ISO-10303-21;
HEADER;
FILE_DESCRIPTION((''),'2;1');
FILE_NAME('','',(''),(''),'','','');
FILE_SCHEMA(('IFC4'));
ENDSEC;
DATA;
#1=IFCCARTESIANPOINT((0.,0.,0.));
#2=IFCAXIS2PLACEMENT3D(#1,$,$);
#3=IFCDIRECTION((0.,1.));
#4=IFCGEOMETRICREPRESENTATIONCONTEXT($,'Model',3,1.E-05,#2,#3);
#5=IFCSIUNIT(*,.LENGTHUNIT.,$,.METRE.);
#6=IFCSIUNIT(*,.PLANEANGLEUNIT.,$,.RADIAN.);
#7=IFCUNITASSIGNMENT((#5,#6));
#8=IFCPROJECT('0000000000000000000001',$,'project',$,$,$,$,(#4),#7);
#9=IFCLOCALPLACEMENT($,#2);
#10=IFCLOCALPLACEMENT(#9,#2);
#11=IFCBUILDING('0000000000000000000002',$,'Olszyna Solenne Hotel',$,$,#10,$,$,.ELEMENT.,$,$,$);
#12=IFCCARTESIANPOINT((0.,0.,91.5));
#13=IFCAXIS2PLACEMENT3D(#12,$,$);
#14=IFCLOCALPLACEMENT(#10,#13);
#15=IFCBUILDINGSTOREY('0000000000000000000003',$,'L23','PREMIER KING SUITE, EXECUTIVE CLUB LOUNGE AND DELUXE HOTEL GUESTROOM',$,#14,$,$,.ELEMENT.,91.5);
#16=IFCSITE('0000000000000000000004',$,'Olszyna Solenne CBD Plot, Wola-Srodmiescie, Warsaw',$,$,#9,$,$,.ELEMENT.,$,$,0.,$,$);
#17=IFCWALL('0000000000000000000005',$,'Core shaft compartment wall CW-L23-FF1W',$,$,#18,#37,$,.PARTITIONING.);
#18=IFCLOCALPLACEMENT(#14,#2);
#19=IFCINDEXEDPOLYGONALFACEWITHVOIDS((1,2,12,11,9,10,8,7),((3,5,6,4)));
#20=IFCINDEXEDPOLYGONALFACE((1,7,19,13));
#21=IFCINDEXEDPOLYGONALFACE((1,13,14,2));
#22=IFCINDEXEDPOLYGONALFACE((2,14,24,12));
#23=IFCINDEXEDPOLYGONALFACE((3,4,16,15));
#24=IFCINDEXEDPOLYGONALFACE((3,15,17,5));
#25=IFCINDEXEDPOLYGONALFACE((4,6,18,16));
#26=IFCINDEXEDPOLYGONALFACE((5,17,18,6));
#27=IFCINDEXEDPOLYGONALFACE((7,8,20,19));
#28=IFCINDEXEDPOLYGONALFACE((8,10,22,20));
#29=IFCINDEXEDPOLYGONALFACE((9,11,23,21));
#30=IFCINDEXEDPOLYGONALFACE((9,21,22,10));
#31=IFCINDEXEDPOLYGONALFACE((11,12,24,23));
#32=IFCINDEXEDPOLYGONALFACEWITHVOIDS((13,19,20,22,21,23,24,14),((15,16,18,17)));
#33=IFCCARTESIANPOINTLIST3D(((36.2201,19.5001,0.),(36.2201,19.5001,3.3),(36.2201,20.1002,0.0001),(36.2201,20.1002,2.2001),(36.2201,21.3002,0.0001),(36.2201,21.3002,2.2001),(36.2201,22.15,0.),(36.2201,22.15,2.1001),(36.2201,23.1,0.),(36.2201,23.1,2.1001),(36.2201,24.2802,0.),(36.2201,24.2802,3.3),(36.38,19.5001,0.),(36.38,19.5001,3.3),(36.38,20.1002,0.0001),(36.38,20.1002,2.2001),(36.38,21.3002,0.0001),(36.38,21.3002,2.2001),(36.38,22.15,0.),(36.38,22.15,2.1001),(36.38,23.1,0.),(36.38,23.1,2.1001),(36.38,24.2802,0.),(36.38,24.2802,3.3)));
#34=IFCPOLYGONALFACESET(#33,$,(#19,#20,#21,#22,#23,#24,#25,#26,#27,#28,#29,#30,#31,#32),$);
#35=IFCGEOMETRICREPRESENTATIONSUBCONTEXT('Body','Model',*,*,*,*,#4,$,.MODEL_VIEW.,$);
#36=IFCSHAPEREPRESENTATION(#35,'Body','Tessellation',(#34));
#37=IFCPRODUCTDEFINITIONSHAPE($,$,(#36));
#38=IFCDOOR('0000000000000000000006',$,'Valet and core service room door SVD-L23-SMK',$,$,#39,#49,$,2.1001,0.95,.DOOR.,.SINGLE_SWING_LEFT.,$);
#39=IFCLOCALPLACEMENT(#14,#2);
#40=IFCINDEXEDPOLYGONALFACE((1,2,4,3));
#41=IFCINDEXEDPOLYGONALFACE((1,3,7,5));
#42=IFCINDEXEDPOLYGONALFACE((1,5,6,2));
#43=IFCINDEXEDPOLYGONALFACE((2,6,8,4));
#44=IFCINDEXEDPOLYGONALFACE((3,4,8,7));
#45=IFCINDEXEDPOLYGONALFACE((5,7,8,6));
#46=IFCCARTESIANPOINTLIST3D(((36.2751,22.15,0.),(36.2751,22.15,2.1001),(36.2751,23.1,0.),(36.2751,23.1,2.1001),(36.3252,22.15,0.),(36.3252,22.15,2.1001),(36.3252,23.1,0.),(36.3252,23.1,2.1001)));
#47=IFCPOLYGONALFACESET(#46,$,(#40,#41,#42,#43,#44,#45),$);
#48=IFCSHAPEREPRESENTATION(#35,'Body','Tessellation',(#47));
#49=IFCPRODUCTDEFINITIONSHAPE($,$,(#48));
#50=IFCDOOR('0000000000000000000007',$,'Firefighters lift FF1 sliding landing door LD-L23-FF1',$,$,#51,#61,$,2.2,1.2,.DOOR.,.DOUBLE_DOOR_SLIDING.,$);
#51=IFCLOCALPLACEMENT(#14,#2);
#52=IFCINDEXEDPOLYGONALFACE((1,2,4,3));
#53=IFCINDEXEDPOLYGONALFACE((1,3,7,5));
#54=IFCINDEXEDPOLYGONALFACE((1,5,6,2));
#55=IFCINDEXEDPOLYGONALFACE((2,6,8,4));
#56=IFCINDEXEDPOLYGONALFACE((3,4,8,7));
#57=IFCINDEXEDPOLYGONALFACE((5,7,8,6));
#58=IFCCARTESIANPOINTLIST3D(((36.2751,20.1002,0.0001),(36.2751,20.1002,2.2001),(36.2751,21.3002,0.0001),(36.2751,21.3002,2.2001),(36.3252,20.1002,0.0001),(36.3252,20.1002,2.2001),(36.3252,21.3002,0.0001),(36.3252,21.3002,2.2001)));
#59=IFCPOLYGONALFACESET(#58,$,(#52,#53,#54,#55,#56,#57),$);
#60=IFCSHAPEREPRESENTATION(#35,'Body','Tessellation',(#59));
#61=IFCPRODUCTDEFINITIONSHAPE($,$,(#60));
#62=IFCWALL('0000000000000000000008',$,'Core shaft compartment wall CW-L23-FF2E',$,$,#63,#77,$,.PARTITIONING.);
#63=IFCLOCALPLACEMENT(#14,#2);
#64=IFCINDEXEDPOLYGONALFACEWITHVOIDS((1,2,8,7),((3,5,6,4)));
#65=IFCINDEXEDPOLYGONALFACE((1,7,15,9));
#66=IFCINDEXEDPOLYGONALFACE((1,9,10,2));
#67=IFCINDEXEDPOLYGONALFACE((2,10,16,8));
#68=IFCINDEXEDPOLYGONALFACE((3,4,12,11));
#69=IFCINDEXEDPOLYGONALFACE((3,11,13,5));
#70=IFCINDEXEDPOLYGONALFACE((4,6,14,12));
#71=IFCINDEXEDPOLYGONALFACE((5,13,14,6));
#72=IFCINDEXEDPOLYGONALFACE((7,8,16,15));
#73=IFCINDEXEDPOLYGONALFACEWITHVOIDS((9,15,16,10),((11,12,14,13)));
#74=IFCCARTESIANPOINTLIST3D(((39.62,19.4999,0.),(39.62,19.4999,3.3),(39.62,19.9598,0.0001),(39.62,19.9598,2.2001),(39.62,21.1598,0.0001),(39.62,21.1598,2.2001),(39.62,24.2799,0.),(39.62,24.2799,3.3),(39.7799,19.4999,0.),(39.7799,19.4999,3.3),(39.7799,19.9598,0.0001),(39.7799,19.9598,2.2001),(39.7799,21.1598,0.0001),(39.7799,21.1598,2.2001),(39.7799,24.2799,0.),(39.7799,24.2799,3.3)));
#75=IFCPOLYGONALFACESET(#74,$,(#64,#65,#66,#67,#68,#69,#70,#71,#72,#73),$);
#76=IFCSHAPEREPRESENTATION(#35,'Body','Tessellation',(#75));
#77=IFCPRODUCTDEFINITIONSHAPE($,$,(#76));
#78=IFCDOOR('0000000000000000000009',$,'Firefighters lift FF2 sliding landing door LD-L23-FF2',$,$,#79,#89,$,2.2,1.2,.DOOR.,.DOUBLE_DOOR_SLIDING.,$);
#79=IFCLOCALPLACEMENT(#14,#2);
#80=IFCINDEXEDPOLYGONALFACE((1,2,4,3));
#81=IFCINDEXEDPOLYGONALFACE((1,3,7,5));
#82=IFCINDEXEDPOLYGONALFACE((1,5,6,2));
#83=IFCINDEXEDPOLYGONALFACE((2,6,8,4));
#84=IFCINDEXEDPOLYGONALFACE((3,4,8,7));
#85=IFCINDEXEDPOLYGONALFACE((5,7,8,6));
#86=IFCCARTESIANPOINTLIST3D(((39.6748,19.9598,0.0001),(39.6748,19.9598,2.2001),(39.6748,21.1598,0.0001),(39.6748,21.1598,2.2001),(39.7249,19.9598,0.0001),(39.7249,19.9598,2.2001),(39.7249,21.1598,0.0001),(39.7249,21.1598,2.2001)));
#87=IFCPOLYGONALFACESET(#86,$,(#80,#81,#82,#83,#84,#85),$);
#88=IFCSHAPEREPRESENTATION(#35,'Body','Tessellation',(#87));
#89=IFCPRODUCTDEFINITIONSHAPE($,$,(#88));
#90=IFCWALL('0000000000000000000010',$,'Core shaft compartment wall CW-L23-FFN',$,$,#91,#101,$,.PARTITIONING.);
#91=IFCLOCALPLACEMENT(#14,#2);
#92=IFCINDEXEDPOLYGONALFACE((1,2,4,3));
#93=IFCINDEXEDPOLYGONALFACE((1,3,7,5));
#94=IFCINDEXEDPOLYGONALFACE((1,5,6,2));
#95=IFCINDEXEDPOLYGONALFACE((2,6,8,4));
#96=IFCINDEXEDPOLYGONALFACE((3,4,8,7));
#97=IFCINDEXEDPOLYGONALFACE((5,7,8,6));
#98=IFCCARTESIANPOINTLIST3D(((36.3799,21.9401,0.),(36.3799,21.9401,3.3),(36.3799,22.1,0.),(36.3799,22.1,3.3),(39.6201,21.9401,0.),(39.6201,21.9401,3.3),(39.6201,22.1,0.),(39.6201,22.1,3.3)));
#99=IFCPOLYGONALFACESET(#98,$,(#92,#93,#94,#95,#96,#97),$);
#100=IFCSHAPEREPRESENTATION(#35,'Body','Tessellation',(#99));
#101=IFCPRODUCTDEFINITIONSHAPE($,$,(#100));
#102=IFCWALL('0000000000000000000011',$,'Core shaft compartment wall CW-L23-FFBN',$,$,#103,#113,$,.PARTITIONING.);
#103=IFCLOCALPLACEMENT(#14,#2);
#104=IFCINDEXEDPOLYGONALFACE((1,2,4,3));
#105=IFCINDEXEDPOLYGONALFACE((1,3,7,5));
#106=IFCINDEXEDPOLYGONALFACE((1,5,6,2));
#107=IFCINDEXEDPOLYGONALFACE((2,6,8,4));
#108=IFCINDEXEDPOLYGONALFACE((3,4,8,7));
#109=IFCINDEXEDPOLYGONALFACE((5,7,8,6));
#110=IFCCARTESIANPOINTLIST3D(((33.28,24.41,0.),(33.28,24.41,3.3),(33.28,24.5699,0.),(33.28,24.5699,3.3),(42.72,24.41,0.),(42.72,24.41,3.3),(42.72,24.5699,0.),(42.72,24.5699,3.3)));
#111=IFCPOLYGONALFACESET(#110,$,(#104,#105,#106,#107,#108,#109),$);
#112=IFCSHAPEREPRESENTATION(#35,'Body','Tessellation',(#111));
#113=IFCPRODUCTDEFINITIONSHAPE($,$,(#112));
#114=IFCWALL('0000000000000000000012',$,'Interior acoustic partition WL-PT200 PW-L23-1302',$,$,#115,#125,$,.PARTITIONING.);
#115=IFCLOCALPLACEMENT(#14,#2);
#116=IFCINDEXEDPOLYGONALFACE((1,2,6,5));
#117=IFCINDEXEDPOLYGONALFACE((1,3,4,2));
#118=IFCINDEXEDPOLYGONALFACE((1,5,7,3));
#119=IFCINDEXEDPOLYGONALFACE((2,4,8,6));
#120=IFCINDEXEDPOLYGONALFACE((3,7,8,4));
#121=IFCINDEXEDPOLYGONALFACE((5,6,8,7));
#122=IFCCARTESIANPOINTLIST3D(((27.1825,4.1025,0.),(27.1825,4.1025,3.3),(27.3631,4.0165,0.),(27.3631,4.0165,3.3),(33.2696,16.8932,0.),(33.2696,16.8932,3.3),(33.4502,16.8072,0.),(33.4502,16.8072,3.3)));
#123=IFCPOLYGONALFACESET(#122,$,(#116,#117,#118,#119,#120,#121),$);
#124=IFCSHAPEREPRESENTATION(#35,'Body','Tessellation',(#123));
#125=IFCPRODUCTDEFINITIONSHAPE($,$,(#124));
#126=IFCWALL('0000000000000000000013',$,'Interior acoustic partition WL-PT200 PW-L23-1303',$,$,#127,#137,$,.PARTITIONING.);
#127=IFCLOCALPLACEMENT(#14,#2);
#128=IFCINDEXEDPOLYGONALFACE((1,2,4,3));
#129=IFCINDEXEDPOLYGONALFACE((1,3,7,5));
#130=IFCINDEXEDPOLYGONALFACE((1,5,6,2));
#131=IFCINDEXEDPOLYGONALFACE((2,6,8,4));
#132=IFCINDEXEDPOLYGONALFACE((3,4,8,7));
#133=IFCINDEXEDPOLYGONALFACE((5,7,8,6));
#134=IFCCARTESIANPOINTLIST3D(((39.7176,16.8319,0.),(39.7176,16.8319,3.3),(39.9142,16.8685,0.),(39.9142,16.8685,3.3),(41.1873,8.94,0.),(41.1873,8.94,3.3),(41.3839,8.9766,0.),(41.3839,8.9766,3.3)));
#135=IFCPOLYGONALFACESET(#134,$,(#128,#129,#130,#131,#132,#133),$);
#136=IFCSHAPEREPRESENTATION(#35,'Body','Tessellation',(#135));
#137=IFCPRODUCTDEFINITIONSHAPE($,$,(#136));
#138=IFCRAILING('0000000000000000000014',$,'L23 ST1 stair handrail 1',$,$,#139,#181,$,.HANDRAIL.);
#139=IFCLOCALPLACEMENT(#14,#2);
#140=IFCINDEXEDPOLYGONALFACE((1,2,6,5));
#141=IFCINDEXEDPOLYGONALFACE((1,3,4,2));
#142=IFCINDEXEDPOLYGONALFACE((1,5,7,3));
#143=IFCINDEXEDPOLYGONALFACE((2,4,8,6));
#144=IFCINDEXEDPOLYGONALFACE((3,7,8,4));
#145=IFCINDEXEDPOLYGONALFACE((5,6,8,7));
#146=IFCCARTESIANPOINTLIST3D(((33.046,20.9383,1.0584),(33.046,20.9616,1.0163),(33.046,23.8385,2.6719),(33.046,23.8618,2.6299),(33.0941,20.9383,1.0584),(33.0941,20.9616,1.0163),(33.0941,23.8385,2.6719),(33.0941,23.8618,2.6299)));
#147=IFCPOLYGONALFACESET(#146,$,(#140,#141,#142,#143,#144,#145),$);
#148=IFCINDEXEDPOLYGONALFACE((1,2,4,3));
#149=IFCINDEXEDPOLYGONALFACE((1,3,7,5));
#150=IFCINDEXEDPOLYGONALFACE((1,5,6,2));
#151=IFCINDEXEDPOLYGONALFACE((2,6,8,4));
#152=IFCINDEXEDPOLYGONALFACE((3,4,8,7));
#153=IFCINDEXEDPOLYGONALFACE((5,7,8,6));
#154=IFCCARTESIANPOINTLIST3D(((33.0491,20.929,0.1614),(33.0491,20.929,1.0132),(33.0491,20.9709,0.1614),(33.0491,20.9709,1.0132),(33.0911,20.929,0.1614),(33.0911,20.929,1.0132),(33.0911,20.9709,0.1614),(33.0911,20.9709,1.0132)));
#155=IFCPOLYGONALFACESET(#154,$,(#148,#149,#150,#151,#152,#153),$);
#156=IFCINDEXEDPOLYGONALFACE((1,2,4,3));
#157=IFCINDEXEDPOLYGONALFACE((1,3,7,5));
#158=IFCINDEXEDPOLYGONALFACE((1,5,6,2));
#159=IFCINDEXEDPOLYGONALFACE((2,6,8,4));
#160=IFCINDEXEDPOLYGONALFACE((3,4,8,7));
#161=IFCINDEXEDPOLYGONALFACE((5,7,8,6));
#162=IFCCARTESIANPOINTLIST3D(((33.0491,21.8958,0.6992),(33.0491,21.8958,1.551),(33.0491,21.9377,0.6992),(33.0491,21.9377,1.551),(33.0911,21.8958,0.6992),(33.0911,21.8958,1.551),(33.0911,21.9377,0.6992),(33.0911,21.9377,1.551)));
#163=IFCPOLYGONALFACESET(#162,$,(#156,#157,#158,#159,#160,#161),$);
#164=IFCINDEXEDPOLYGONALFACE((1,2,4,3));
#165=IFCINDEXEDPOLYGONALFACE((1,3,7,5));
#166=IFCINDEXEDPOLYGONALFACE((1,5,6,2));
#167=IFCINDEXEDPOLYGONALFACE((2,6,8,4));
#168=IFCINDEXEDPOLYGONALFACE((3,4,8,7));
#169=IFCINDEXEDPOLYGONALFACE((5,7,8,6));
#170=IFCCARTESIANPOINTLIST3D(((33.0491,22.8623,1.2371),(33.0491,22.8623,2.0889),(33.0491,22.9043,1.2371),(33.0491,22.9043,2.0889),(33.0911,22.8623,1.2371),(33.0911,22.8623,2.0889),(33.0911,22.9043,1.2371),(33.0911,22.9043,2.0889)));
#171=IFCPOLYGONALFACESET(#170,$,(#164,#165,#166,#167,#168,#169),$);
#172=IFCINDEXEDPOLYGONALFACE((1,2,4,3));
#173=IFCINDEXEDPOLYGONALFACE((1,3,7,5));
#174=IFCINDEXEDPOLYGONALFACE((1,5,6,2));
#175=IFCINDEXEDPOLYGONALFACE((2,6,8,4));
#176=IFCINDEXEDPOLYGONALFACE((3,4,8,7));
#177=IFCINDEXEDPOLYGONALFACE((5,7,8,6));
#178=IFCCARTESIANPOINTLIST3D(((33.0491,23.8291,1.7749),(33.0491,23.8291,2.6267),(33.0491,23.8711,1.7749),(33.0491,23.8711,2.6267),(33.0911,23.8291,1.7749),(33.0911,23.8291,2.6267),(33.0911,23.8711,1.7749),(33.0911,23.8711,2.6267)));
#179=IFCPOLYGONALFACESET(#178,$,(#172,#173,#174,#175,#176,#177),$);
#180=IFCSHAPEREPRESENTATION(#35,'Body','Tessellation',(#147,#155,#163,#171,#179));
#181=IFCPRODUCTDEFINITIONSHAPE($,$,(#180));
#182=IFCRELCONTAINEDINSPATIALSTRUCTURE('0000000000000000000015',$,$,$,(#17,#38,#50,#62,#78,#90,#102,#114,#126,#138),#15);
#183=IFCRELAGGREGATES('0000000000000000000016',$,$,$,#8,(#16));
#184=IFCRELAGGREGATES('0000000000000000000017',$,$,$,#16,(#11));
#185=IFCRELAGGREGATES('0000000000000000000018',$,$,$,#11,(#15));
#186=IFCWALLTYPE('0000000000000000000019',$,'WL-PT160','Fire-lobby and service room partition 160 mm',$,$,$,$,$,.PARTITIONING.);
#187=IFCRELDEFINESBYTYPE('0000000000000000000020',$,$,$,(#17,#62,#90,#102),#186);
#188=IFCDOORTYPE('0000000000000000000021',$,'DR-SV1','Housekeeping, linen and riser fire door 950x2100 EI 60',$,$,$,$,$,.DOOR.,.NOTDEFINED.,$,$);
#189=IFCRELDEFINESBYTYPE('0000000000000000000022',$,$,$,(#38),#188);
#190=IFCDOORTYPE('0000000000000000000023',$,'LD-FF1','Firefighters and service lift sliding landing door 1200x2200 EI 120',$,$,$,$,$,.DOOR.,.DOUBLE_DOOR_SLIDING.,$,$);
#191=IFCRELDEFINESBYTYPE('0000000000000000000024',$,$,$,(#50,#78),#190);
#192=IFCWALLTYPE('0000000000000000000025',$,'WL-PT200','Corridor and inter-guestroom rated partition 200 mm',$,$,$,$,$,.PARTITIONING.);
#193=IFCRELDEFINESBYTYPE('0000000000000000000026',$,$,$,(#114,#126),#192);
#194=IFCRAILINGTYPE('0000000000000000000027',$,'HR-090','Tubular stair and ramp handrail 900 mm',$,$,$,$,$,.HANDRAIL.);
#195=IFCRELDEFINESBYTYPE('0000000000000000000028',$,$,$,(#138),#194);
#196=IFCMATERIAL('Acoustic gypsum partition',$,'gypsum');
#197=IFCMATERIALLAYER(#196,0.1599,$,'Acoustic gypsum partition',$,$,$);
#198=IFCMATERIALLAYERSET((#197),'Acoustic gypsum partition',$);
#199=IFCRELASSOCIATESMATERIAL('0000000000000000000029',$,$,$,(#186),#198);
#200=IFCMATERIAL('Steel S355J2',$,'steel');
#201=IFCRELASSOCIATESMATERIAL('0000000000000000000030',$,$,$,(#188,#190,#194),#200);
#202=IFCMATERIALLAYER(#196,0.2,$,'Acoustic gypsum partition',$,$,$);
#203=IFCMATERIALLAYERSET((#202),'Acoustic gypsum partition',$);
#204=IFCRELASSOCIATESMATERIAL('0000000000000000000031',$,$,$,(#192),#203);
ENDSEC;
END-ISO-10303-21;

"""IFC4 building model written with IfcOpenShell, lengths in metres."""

from ifc_helpers import new_model, si_unit, direction, frame, frame_2d, origin, origin_2d, place, context, subcontext, project, spatial, rectangle, extrude, source, transform, mapped, material, layer, layer_set, type_object, type_shapes, element, fill, save


model = new_model("IFC4")

# Units and contexts
model_context = context("Model", 3, precision=1e-05, world=origin(), true_north=direction((0.0, 1.0)))
body_context = subcontext(model_context, "Body", "Model", "MODEL_VIEW")
ifc_project = project(units=[si_unit("LENGTHUNIT", "METRE"), si_unit("PLANEANGLEUNIT", "RADIAN")], contexts=[model_context])

# Site, building, storey
site_placement = place(None, origin())
site = spatial("IfcSite", under=ifc_project, at=site_placement, Name="Olszyna Solenne CBD Plot, Wola-Srodmiescie, Warsaw", CompositionType="ELEMENT", RefElevation=0.0)
building_placement = place(site_placement, origin())
building = spatial("IfcBuilding", under=site, at=building_placement, Name="Olszyna Solenne Hotel", CompositionType="ELEMENT")
storey_placement = place(building_placement, frame((0.0, 0.0, 91.5)))
storey = spatial("IfcBuildingStorey", under=building, at=storey_placement, Name="L23", Description="PREMIER KING SUITE, EXECUTIVE CLUB LOUNGE AND DELUXE HOTEL GUESTROOM", CompositionType="ELEMENT", Elevation=91.5)

# Shared definitions
ifc_material_1 = material(Name="Steel S355J2", Category="steel")

# Shared definitions
ifc_material_2 = material(Name="Acoustic gypsum partition", Category="gypsum")

# Shared definitions
ifc_layer_1 = layer(ifc_material_2, 0.1599, Name="Acoustic gypsum partition")
ifc_layer_set_1 = layer_set([ifc_layer_1], Name="Acoustic gypsum partition")
wall_type_1 = type_object("IfcWallType", Name="WL-PT160", Description="Fire-lobby and service room partition 160 mm", PredefinedType="PARTITIONING", material=ifc_layer_set_1)

# Wall, openings, doors
wall_1_placement = place(storey_placement, frame((36.3, 19.5, 0.0), z_axis=(0.0, 0.0, 1.0), x_axis=(0.0, 1.0, 0.0)))
wall_1 = element("IfcWall", 1, at=wall_1_placement, inside=storey, type_object=wall_type_1, Name="Core shaft compartment wall CW-L23-FF1W", PredefinedType="PARTITIONING", context=body_context, shape_type="SweptSolid", body=[
    extrude(rectangle(XDim=4.78, YDim=0.1599, at=frame_2d((2.3901, 0.0))), origin(), (0.0, 0.0, 1.0), 3.3),
])
opening_1_placement = place(wall_1_placement, frame((0.6001, 0.0, 0.0)))
opening_1 = element("IfcOpeningElement", 2, at=opening_1_placement, cuts=wall_1, PredefinedType="OPENING", context=body_context, shape_type="SweptSolid", body=[
    extrude(rectangle(XDim=1.2, YDim=2.2, at=frame_2d((0.6001, 1.1001))), frame((0.0, 0.0898, 0.0), z_axis=(0.0, -1.0, 0.0), x_axis=(1.0, 0.0, 0.0)), (0.0, 0.0, 1.0), 0.1799),
])
opening_2_placement = place(wall_1_placement, frame((2.6499, 0.0, 0.0)))
opening_2 = element("IfcOpeningElement", 3, at=opening_2_placement, cuts=wall_1, PredefinedType="OPENING", context=body_context, shape_type="SweptSolid", body=[
    extrude(rectangle(XDim=0.95, YDim=2.1001, at=frame_2d((0.4751, 1.05))), frame((0.0, 0.0898, 0.0), z_axis=(0.0, -1.0, 0.0), x_axis=(1.0, 0.0, 0.0)), (0.0, 0.0, 1.0), 0.1799),
])
door_type_1 = type_object("IfcDoorType", Name="DR-SV1", Description="Housekeeping, linen and riser fire door 950x2100 EI 60", OperationType="NOTDEFINED", PredefinedType="DOOR", material=ifc_material_1)
shared_shape_1 = source(origin(), body_context, "Body", "SweptSolid", [
    extrude(rectangle(XDim=0.95, YDim=2.1001, at=frame_2d((0.4751, 1.05))), frame((0.0, 0.0249, 0.0), z_axis=(0.0, -1.0, 0.0), x_axis=(1.0, 0.0, 0.0)), (0.0, 0.0, 1.0), 0.05),
])
type_shapes(door_type_1, [shared_shape_1])
door_1_placement = place(opening_2_placement, origin())
door_1 = element("IfcDoor", 4, at=door_1_placement, inside=storey, type_object=door_type_1, Name="Valet and core service room door SVD-L23-SMK", OperationType="SINGLE_SWING_LEFT", OverallHeight=2.1001, OverallWidth=0.95, PredefinedType="DOOR", context=body_context, shape_type="MappedRepresentation", body=[
    mapped(shared_shape_1, transform((0.0, 0.0, 0.0), x_axis=(1.0, 0.0, 0.0), y_axis=(0.0, 1.0, 0.0), z_axis=(0.0, 0.0, 1.0), scale=1.0)),
])
fill(opening_2, door_1)
door_type_2 = type_object("IfcDoorType", Name="LD-FF1", Description="Firefighters and service lift sliding landing door 1200x2200 EI 120", OperationType="DOUBLE_DOOR_SLIDING", PredefinedType="DOOR", material=ifc_material_1)
shared_shape_2 = source(origin(), body_context, "Body", "SweptSolid", [
    extrude(rectangle(XDim=1.2, YDim=2.2, at=frame_2d((0.6001, 1.1001))), frame((0.0, 0.0249, 0.0), z_axis=(0.0, -1.0, 0.0), x_axis=(1.0, 0.0, 0.0)), (0.0, 0.0, 1.0), 0.05),
])
type_shapes(door_type_2, [shared_shape_2])
door_2_placement = place(opening_1_placement, origin())
door_2 = element("IfcDoor", 5, at=door_2_placement, inside=storey, type_object=door_type_2, Name="Firefighters lift FF1 sliding landing door LD-L23-FF1", OperationType="DOUBLE_DOOR_SLIDING", OverallHeight=2.2, OverallWidth=1.2, PredefinedType="DOOR", context=body_context, shape_type="MappedRepresentation", body=[
    mapped(shared_shape_2, transform((0.0, 0.0, 0.0), x_axis=(1.0, 0.0, 0.0), y_axis=(0.0, 1.0, 0.0), z_axis=(0.0, 0.0, 1.0), scale=1.0)),
])
fill(opening_1, door_2)

# Wall, opening, door
wall_2_placement = place(storey_placement, frame((39.7, 24.28, 0.0), z_axis=(0.0, 0.0, 1.0), x_axis=(0.0, -1.0, 0.0)))
wall_2 = element("IfcWall", 6, at=wall_2_placement, inside=storey, type_object=wall_type_1, Name="Core shaft compartment wall CW-L23-FF2E", PredefinedType="PARTITIONING", context=body_context, shape_type="SweptSolid", body=[
    extrude(rectangle(XDim=4.78, YDim=0.1599, at=frame_2d((2.3901, 0.0))), origin(), (0.0, 0.0, 1.0), 3.3),
])
opening_3_placement = place(wall_2_placement, frame((3.1201, 0.0, 0.0)))
opening_3 = element("IfcOpeningElement", 7, at=opening_3_placement, cuts=wall_2, PredefinedType="OPENING", context=body_context, shape_type="SweptSolid", body=[
    extrude(rectangle(XDim=1.2, YDim=2.2, at=frame_2d((0.6001, 1.1001))), frame((0.0, 0.0898, 0.0), z_axis=(0.0, -1.0, 0.0), x_axis=(1.0, 0.0, 0.0)), (0.0, 0.0, 1.0), 0.1799),
])
door_3_placement = place(opening_3_placement, origin())
door_3 = element("IfcDoor", 8, at=door_3_placement, inside=storey, type_object=door_type_2, Name="Firefighters lift FF2 sliding landing door LD-L23-FF2", OperationType="DOUBLE_DOOR_SLIDING", OverallHeight=2.2, OverallWidth=1.2, PredefinedType="DOOR", context=body_context, shape_type="MappedRepresentation", body=[
    mapped(shared_shape_2, transform((0.0, 0.0, 0.0), x_axis=(1.0, 0.0, 0.0), y_axis=(0.0, 1.0, 0.0), z_axis=(0.0, 0.0, 1.0), scale=1.0)),
])
fill(opening_3, door_3)

# Walls
wall_3_placement = place(storey_placement, frame((36.3799, 22.02, 0.0), z_axis=(0.0, 0.0, 1.0), x_axis=(1.0, 0.0, 0.0)))
element("IfcWall", 9, at=wall_3_placement, inside=storey, type_object=wall_type_1, Name="Core shaft compartment wall CW-L23-FFN", PredefinedType="PARTITIONING", context=body_context, shape_type="SweptSolid", body=[
    extrude(rectangle(XDim=3.2402, YDim=0.1599, at=frame_2d((1.6201, 0.0))), origin(), (0.0, 0.0, 1.0), 3.3),
])
wall_4_placement = place(storey_placement, frame((33.28, 24.49, 0.0), z_axis=(0.0, 0.0, 1.0), x_axis=(1.0, 0.0, 0.0)))
element("IfcWall", 10, at=wall_4_placement, inside=storey, type_object=wall_type_1, Name="Core shaft compartment wall CW-L23-FFBN", PredefinedType="PARTITIONING", context=body_context, shape_type="SweptSolid", body=[
    extrude(rectangle(XDim=9.4399, YDim=0.1599, at=frame_2d((4.72, 0.0))), origin(), (0.0, 0.0, 1.0), 3.3),
])
ifc_layer_2 = layer(ifc_material_2, 0.2, Name="Acoustic gypsum partition")
ifc_layer_set_2 = layer_set([ifc_layer_2], Name="Acoustic gypsum partition")
wall_type_2 = type_object("IfcWallType", Name="WL-PT200", Description="Corridor and inter-guestroom rated partition 200 mm", PredefinedType="PARTITIONING", material=ifc_layer_set_2)
wall_5_placement = place(storey_placement, frame((33.3599, 16.8501, 0.0), z_axis=(0.0, 0.0, 1.0), x_axis=(-0.429721, -0.902961, 0.0)))
element("IfcWall", 11, at=wall_5_placement, inside=storey, type_object=wall_type_2, Name="Interior acoustic partition WL-PT200 PW-L23-1302", PredefinedType="PARTITIONING", context=body_context, shape_type="SweptSolid", body=[
    extrude(rectangle(XDim=14.1653, YDim=0.2, at=frame_2d((7.0825, 0.0))), origin(), (0.0, 0.0, 1.0), 3.3),
])
wall_6_placement = place(storey_placement, frame((39.8159, 16.8501, 0.0), z_axis=(0.0, 0.0, 1.0), x_axis=(0.183086, -0.983097, 0.0)))
element("IfcWall", 12, at=wall_6_placement, inside=storey, type_object=wall_type_2, Name="Interior acoustic partition WL-PT200 PW-L23-1303", PredefinedType="PARTITIONING", context=body_context, shape_type="SweptSolid", body=[
    extrude(rectangle(XDim=8.0276, YDim=0.2, at=frame_2d((4.0137, 0.0))), origin(), (0.0, 0.0, 1.0), 3.3),
])

# Railing
railing_type = type_object("IfcRailingType", Name="HR-090", Description="Tubular stair and ramp handrail 900 mm", PredefinedType="HANDRAIL", material=ifc_material_1)
railing_placement = place(storey_placement, frame((33.0701, 20.95, 0.1614)))
element("IfcRailing", 13, at=railing_placement, inside=storey, type_object=railing_type, Name="L23 ST1 stair handrail 1", PredefinedType="HANDRAIL", context=body_context, shape_type="SweptSolid", body=[
    extrude(rectangle(XDim=0.0481, YDim=0.0481, at=origin_2d()), frame((0.0, 0.0, 0.876), z_axis=(0.0, 0.873859, 0.48618), x_axis=(-1.0, 0.0, 0.0)), (0.0, 0.0, 1.0), 3.3188),
    extrude(rectangle(XDim=0.042, YDim=0.042, at=origin_2d()), origin(), (0.0, 0.0, 1.0), 0.8518),
    extrude(rectangle(XDim=0.042, YDim=0.042, at=origin_2d()), frame((0.0, 0.9668, 0.5378)), (0.0, 0.0, 1.0), 0.8518),
    extrude(rectangle(XDim=0.042, YDim=0.042, at=origin_2d()), frame((0.0, 1.9333, 1.0757)), (0.0, 0.0, 1.0), 0.8518),
    extrude(rectangle(XDim=0.042, YDim=0.042, at=origin_2d()), frame((0.0, 2.9001, 1.6135)), (0.0, 0.0, 1.0), 0.8518),
])

save(model, "model.ifc")
